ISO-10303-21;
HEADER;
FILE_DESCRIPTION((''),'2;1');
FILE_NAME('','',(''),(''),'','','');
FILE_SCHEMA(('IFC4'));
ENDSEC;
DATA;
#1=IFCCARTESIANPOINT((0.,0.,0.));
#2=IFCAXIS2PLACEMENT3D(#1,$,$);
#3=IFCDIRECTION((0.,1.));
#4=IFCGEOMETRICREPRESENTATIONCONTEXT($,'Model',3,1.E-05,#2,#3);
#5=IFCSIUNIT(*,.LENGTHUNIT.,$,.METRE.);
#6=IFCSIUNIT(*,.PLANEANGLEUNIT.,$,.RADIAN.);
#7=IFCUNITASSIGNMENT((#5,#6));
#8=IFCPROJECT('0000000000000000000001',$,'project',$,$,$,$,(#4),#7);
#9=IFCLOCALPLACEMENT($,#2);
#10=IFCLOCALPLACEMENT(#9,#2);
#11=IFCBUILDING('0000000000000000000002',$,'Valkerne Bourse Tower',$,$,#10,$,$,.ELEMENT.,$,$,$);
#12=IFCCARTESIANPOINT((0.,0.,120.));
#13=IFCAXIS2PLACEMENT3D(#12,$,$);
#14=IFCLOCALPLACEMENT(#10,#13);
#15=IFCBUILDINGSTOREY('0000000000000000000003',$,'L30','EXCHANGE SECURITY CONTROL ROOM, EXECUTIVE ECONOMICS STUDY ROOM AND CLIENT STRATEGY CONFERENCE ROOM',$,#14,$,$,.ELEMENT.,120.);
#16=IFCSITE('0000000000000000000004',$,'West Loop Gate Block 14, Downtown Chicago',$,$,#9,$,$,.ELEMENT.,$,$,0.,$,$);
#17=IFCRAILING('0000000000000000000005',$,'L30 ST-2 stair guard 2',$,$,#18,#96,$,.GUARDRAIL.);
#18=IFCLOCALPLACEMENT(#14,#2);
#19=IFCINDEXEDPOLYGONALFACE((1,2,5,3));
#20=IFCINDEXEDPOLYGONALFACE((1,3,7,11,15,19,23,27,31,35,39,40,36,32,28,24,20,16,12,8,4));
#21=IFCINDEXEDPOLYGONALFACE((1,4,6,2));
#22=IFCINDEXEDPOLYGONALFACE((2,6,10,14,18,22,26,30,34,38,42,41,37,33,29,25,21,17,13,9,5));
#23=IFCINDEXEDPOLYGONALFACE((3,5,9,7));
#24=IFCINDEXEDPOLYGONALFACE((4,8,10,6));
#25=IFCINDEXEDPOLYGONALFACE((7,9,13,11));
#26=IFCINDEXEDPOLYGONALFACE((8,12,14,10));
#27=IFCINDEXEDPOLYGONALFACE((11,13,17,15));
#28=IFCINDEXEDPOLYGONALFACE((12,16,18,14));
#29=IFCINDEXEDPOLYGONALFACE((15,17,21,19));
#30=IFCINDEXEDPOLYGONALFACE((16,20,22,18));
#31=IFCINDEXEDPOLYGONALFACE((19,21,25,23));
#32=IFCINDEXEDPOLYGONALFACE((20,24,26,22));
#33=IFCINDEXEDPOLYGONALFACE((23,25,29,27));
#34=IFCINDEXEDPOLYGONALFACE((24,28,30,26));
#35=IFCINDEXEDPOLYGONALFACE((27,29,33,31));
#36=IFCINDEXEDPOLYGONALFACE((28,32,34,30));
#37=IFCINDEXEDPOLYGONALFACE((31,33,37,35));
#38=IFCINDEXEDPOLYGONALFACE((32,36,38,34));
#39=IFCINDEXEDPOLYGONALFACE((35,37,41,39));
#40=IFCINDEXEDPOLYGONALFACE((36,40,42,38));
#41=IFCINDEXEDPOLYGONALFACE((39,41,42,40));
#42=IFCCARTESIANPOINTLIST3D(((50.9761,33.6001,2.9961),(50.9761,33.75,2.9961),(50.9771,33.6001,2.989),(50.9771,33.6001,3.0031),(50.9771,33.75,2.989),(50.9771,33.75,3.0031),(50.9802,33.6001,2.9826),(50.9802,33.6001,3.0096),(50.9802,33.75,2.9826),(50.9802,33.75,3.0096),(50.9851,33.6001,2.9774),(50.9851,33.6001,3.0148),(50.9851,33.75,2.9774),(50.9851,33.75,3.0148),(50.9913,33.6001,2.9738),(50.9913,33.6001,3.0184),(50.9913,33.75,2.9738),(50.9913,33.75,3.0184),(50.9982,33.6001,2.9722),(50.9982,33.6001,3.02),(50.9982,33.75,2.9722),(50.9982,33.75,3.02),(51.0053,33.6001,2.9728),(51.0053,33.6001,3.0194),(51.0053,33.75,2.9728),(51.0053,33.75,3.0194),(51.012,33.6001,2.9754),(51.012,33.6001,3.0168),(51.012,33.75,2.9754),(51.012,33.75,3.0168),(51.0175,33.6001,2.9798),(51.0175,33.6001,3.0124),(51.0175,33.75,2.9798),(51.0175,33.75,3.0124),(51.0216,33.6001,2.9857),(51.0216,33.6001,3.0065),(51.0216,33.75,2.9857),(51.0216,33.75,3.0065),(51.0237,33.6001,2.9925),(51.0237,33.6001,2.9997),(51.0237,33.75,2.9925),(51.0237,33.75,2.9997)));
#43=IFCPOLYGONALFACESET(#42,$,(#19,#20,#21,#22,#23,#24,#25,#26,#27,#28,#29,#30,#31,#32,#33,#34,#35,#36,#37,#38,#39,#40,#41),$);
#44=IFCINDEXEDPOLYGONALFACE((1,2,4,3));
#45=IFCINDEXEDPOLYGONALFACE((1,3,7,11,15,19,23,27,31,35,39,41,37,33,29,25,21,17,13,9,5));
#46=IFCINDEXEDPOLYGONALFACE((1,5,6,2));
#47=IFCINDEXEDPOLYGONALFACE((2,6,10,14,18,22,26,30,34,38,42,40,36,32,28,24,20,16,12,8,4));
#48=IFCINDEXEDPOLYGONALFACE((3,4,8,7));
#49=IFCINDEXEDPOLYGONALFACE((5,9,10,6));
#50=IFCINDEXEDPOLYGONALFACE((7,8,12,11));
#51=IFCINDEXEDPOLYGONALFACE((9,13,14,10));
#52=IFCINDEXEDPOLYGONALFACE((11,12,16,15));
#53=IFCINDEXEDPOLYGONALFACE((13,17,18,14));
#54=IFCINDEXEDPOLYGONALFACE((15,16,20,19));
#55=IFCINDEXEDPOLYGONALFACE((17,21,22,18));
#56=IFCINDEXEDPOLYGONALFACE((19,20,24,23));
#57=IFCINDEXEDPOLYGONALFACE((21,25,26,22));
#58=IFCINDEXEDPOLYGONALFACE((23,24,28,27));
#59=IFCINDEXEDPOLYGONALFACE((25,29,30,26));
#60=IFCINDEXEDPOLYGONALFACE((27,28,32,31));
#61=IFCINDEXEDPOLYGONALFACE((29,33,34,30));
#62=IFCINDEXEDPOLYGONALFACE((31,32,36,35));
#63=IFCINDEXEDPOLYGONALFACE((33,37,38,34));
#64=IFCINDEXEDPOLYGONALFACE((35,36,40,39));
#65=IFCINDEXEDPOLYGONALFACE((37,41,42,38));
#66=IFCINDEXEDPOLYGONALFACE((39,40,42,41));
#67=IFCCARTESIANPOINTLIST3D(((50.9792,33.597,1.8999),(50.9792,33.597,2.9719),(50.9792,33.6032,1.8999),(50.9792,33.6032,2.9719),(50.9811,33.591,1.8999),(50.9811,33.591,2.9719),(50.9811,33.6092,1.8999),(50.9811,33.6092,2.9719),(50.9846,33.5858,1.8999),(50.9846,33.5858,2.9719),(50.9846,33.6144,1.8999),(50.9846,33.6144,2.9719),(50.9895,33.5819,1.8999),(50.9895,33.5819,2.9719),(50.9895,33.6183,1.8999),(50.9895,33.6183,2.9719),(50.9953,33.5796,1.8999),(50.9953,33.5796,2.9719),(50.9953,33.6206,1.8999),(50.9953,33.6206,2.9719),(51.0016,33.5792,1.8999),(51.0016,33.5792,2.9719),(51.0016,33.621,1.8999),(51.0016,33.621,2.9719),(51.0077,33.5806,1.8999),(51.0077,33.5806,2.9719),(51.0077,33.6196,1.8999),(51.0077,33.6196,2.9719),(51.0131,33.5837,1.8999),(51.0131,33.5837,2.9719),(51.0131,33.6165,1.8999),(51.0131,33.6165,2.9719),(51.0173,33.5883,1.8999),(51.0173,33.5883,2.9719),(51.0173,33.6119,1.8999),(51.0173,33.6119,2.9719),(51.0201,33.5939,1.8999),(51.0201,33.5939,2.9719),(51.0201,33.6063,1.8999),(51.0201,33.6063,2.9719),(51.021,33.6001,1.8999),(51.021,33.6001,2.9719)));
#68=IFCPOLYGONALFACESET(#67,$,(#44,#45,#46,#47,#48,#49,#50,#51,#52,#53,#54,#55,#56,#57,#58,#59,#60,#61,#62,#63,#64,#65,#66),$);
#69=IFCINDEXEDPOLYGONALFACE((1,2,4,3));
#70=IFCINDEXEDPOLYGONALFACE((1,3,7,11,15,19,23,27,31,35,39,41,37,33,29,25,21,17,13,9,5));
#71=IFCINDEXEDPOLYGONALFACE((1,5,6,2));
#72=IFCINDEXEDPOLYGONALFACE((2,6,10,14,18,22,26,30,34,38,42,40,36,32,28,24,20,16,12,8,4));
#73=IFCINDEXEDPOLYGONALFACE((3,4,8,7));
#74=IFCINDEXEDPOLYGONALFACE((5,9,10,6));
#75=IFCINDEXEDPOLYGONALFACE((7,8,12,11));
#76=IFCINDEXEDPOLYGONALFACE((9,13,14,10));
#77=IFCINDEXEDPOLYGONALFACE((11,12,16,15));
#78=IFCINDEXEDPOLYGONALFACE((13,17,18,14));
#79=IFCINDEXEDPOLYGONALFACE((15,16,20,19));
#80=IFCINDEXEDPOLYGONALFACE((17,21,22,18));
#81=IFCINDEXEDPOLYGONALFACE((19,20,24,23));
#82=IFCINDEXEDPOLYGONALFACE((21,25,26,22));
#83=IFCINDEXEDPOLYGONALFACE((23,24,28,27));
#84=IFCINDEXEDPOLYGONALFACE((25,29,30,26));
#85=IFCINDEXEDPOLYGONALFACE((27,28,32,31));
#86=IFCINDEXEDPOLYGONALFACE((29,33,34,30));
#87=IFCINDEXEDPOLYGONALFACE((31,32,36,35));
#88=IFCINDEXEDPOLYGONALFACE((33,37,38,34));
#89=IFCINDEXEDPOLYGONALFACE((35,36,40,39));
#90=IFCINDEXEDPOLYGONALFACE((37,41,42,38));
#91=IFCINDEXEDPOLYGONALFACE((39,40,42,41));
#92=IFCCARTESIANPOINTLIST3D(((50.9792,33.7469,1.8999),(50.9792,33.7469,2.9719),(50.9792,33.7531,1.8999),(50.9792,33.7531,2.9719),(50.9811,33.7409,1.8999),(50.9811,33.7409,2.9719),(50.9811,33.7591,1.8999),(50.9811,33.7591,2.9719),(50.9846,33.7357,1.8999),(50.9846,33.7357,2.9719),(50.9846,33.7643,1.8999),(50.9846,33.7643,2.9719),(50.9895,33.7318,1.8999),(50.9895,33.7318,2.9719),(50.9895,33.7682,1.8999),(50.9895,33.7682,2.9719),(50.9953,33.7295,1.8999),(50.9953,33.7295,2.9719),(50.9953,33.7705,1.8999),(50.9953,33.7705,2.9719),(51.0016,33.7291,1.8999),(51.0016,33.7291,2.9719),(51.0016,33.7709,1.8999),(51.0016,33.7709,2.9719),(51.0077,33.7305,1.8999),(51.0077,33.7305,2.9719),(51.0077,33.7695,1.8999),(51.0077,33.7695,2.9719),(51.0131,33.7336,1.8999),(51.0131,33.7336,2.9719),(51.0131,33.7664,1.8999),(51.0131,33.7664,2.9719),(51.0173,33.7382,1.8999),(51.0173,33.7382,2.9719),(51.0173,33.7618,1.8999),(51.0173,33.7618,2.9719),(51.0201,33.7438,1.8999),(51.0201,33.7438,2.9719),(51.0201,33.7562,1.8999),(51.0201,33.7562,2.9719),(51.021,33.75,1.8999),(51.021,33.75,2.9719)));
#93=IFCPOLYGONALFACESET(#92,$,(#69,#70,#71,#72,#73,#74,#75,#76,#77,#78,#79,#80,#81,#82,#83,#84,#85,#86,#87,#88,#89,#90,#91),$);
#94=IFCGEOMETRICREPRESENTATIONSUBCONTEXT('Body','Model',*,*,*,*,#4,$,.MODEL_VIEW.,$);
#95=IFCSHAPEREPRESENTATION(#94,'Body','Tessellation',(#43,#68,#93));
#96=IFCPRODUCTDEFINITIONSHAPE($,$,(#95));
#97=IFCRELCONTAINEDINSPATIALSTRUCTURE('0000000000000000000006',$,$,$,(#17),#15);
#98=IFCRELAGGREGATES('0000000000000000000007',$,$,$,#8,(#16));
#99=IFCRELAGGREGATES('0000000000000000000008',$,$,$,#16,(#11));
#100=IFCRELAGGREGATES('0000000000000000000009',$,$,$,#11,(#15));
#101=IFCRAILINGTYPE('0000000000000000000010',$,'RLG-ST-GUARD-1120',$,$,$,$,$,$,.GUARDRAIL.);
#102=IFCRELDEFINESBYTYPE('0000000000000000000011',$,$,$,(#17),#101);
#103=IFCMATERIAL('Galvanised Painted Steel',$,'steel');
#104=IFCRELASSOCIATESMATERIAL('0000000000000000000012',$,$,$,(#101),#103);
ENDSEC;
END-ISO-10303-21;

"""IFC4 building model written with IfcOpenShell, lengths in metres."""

from ifc_helpers import new_model, si_unit, direction, frame, origin, origin_2d, place, context, subcontext, project, spatial, circle, extrude, material, type_object, element, save


model = new_model("IFC4")

# Units and contexts
model_context = context("Model", 3, precision=1e-05, world=origin(), true_north=direction((0.0, 1.0)))
body_context = subcontext(model_context, "Body", "Model", "MODEL_VIEW")
ifc_project = project(units=[si_unit("LENGTHUNIT", "METRE"), si_unit("PLANEANGLEUNIT", "RADIAN")], contexts=[model_context])

# Site, building, storey
site_placement = place(None, origin())
site = spatial("IfcSite", under=ifc_project, at=site_placement, Name="West Loop Gate Block 14, Downtown Chicago", CompositionType="ELEMENT", RefElevation=0.0)
building_placement = place(site_placement, origin())
building = spatial("IfcBuilding", under=site, at=building_placement, Name="Valkerne Bourse Tower", CompositionType="ELEMENT")
storey_placement = place(building_placement, frame((0.0, 0.0, 120.0)))
storey = spatial("IfcBuildingStorey", under=building, at=storey_placement, Name="L30", Description="EXCHANGE SECURITY CONTROL ROOM, EXECUTIVE ECONOMICS STUDY ROOM AND CLIENT STRATEGY CONFERENCE ROOM", CompositionType="ELEMENT", Elevation=120.0)

# Railing
ifc_material_1 = material(Name="Galvanised Painted Steel", Category="steel")
railing_type_1 = type_object("IfcRailingType", Name="RLG-ST-GUARD-1120", PredefinedType="GUARDRAIL", material=ifc_material_1)
railing_1_placement = place(storey_placement, frame((51.0, 33.6001, 1.8999)))
element("IfcRailing", 1, at=railing_1_placement, inside=storey, type_object=railing_type_1, Name="L30 ST-2 stair guard 2", PredefinedType="GUARDRAIL", context=body_context, shape_type="SweptSolid", body=[
    extrude(circle(Radius=0.0239, at=origin_2d()), frame((0.0, 0.0, 1.0962), z_axis=(0.0, 1.0, 0.0), x_axis=(-1.0, 0.0, 0.0)), (0.0, 0.0, 1.0), 0.1499),
    extrude(circle(Radius=0.021, at=origin_2d()), origin(), (0.0, 0.0, 1.0), 1.072),
    extrude(circle(Radius=0.021, at=origin_2d()), frame((0.0, 0.1499, 0.0)), (0.0, 0.0, 1.0), 1.072),
])

save(model, "model.ifc")
